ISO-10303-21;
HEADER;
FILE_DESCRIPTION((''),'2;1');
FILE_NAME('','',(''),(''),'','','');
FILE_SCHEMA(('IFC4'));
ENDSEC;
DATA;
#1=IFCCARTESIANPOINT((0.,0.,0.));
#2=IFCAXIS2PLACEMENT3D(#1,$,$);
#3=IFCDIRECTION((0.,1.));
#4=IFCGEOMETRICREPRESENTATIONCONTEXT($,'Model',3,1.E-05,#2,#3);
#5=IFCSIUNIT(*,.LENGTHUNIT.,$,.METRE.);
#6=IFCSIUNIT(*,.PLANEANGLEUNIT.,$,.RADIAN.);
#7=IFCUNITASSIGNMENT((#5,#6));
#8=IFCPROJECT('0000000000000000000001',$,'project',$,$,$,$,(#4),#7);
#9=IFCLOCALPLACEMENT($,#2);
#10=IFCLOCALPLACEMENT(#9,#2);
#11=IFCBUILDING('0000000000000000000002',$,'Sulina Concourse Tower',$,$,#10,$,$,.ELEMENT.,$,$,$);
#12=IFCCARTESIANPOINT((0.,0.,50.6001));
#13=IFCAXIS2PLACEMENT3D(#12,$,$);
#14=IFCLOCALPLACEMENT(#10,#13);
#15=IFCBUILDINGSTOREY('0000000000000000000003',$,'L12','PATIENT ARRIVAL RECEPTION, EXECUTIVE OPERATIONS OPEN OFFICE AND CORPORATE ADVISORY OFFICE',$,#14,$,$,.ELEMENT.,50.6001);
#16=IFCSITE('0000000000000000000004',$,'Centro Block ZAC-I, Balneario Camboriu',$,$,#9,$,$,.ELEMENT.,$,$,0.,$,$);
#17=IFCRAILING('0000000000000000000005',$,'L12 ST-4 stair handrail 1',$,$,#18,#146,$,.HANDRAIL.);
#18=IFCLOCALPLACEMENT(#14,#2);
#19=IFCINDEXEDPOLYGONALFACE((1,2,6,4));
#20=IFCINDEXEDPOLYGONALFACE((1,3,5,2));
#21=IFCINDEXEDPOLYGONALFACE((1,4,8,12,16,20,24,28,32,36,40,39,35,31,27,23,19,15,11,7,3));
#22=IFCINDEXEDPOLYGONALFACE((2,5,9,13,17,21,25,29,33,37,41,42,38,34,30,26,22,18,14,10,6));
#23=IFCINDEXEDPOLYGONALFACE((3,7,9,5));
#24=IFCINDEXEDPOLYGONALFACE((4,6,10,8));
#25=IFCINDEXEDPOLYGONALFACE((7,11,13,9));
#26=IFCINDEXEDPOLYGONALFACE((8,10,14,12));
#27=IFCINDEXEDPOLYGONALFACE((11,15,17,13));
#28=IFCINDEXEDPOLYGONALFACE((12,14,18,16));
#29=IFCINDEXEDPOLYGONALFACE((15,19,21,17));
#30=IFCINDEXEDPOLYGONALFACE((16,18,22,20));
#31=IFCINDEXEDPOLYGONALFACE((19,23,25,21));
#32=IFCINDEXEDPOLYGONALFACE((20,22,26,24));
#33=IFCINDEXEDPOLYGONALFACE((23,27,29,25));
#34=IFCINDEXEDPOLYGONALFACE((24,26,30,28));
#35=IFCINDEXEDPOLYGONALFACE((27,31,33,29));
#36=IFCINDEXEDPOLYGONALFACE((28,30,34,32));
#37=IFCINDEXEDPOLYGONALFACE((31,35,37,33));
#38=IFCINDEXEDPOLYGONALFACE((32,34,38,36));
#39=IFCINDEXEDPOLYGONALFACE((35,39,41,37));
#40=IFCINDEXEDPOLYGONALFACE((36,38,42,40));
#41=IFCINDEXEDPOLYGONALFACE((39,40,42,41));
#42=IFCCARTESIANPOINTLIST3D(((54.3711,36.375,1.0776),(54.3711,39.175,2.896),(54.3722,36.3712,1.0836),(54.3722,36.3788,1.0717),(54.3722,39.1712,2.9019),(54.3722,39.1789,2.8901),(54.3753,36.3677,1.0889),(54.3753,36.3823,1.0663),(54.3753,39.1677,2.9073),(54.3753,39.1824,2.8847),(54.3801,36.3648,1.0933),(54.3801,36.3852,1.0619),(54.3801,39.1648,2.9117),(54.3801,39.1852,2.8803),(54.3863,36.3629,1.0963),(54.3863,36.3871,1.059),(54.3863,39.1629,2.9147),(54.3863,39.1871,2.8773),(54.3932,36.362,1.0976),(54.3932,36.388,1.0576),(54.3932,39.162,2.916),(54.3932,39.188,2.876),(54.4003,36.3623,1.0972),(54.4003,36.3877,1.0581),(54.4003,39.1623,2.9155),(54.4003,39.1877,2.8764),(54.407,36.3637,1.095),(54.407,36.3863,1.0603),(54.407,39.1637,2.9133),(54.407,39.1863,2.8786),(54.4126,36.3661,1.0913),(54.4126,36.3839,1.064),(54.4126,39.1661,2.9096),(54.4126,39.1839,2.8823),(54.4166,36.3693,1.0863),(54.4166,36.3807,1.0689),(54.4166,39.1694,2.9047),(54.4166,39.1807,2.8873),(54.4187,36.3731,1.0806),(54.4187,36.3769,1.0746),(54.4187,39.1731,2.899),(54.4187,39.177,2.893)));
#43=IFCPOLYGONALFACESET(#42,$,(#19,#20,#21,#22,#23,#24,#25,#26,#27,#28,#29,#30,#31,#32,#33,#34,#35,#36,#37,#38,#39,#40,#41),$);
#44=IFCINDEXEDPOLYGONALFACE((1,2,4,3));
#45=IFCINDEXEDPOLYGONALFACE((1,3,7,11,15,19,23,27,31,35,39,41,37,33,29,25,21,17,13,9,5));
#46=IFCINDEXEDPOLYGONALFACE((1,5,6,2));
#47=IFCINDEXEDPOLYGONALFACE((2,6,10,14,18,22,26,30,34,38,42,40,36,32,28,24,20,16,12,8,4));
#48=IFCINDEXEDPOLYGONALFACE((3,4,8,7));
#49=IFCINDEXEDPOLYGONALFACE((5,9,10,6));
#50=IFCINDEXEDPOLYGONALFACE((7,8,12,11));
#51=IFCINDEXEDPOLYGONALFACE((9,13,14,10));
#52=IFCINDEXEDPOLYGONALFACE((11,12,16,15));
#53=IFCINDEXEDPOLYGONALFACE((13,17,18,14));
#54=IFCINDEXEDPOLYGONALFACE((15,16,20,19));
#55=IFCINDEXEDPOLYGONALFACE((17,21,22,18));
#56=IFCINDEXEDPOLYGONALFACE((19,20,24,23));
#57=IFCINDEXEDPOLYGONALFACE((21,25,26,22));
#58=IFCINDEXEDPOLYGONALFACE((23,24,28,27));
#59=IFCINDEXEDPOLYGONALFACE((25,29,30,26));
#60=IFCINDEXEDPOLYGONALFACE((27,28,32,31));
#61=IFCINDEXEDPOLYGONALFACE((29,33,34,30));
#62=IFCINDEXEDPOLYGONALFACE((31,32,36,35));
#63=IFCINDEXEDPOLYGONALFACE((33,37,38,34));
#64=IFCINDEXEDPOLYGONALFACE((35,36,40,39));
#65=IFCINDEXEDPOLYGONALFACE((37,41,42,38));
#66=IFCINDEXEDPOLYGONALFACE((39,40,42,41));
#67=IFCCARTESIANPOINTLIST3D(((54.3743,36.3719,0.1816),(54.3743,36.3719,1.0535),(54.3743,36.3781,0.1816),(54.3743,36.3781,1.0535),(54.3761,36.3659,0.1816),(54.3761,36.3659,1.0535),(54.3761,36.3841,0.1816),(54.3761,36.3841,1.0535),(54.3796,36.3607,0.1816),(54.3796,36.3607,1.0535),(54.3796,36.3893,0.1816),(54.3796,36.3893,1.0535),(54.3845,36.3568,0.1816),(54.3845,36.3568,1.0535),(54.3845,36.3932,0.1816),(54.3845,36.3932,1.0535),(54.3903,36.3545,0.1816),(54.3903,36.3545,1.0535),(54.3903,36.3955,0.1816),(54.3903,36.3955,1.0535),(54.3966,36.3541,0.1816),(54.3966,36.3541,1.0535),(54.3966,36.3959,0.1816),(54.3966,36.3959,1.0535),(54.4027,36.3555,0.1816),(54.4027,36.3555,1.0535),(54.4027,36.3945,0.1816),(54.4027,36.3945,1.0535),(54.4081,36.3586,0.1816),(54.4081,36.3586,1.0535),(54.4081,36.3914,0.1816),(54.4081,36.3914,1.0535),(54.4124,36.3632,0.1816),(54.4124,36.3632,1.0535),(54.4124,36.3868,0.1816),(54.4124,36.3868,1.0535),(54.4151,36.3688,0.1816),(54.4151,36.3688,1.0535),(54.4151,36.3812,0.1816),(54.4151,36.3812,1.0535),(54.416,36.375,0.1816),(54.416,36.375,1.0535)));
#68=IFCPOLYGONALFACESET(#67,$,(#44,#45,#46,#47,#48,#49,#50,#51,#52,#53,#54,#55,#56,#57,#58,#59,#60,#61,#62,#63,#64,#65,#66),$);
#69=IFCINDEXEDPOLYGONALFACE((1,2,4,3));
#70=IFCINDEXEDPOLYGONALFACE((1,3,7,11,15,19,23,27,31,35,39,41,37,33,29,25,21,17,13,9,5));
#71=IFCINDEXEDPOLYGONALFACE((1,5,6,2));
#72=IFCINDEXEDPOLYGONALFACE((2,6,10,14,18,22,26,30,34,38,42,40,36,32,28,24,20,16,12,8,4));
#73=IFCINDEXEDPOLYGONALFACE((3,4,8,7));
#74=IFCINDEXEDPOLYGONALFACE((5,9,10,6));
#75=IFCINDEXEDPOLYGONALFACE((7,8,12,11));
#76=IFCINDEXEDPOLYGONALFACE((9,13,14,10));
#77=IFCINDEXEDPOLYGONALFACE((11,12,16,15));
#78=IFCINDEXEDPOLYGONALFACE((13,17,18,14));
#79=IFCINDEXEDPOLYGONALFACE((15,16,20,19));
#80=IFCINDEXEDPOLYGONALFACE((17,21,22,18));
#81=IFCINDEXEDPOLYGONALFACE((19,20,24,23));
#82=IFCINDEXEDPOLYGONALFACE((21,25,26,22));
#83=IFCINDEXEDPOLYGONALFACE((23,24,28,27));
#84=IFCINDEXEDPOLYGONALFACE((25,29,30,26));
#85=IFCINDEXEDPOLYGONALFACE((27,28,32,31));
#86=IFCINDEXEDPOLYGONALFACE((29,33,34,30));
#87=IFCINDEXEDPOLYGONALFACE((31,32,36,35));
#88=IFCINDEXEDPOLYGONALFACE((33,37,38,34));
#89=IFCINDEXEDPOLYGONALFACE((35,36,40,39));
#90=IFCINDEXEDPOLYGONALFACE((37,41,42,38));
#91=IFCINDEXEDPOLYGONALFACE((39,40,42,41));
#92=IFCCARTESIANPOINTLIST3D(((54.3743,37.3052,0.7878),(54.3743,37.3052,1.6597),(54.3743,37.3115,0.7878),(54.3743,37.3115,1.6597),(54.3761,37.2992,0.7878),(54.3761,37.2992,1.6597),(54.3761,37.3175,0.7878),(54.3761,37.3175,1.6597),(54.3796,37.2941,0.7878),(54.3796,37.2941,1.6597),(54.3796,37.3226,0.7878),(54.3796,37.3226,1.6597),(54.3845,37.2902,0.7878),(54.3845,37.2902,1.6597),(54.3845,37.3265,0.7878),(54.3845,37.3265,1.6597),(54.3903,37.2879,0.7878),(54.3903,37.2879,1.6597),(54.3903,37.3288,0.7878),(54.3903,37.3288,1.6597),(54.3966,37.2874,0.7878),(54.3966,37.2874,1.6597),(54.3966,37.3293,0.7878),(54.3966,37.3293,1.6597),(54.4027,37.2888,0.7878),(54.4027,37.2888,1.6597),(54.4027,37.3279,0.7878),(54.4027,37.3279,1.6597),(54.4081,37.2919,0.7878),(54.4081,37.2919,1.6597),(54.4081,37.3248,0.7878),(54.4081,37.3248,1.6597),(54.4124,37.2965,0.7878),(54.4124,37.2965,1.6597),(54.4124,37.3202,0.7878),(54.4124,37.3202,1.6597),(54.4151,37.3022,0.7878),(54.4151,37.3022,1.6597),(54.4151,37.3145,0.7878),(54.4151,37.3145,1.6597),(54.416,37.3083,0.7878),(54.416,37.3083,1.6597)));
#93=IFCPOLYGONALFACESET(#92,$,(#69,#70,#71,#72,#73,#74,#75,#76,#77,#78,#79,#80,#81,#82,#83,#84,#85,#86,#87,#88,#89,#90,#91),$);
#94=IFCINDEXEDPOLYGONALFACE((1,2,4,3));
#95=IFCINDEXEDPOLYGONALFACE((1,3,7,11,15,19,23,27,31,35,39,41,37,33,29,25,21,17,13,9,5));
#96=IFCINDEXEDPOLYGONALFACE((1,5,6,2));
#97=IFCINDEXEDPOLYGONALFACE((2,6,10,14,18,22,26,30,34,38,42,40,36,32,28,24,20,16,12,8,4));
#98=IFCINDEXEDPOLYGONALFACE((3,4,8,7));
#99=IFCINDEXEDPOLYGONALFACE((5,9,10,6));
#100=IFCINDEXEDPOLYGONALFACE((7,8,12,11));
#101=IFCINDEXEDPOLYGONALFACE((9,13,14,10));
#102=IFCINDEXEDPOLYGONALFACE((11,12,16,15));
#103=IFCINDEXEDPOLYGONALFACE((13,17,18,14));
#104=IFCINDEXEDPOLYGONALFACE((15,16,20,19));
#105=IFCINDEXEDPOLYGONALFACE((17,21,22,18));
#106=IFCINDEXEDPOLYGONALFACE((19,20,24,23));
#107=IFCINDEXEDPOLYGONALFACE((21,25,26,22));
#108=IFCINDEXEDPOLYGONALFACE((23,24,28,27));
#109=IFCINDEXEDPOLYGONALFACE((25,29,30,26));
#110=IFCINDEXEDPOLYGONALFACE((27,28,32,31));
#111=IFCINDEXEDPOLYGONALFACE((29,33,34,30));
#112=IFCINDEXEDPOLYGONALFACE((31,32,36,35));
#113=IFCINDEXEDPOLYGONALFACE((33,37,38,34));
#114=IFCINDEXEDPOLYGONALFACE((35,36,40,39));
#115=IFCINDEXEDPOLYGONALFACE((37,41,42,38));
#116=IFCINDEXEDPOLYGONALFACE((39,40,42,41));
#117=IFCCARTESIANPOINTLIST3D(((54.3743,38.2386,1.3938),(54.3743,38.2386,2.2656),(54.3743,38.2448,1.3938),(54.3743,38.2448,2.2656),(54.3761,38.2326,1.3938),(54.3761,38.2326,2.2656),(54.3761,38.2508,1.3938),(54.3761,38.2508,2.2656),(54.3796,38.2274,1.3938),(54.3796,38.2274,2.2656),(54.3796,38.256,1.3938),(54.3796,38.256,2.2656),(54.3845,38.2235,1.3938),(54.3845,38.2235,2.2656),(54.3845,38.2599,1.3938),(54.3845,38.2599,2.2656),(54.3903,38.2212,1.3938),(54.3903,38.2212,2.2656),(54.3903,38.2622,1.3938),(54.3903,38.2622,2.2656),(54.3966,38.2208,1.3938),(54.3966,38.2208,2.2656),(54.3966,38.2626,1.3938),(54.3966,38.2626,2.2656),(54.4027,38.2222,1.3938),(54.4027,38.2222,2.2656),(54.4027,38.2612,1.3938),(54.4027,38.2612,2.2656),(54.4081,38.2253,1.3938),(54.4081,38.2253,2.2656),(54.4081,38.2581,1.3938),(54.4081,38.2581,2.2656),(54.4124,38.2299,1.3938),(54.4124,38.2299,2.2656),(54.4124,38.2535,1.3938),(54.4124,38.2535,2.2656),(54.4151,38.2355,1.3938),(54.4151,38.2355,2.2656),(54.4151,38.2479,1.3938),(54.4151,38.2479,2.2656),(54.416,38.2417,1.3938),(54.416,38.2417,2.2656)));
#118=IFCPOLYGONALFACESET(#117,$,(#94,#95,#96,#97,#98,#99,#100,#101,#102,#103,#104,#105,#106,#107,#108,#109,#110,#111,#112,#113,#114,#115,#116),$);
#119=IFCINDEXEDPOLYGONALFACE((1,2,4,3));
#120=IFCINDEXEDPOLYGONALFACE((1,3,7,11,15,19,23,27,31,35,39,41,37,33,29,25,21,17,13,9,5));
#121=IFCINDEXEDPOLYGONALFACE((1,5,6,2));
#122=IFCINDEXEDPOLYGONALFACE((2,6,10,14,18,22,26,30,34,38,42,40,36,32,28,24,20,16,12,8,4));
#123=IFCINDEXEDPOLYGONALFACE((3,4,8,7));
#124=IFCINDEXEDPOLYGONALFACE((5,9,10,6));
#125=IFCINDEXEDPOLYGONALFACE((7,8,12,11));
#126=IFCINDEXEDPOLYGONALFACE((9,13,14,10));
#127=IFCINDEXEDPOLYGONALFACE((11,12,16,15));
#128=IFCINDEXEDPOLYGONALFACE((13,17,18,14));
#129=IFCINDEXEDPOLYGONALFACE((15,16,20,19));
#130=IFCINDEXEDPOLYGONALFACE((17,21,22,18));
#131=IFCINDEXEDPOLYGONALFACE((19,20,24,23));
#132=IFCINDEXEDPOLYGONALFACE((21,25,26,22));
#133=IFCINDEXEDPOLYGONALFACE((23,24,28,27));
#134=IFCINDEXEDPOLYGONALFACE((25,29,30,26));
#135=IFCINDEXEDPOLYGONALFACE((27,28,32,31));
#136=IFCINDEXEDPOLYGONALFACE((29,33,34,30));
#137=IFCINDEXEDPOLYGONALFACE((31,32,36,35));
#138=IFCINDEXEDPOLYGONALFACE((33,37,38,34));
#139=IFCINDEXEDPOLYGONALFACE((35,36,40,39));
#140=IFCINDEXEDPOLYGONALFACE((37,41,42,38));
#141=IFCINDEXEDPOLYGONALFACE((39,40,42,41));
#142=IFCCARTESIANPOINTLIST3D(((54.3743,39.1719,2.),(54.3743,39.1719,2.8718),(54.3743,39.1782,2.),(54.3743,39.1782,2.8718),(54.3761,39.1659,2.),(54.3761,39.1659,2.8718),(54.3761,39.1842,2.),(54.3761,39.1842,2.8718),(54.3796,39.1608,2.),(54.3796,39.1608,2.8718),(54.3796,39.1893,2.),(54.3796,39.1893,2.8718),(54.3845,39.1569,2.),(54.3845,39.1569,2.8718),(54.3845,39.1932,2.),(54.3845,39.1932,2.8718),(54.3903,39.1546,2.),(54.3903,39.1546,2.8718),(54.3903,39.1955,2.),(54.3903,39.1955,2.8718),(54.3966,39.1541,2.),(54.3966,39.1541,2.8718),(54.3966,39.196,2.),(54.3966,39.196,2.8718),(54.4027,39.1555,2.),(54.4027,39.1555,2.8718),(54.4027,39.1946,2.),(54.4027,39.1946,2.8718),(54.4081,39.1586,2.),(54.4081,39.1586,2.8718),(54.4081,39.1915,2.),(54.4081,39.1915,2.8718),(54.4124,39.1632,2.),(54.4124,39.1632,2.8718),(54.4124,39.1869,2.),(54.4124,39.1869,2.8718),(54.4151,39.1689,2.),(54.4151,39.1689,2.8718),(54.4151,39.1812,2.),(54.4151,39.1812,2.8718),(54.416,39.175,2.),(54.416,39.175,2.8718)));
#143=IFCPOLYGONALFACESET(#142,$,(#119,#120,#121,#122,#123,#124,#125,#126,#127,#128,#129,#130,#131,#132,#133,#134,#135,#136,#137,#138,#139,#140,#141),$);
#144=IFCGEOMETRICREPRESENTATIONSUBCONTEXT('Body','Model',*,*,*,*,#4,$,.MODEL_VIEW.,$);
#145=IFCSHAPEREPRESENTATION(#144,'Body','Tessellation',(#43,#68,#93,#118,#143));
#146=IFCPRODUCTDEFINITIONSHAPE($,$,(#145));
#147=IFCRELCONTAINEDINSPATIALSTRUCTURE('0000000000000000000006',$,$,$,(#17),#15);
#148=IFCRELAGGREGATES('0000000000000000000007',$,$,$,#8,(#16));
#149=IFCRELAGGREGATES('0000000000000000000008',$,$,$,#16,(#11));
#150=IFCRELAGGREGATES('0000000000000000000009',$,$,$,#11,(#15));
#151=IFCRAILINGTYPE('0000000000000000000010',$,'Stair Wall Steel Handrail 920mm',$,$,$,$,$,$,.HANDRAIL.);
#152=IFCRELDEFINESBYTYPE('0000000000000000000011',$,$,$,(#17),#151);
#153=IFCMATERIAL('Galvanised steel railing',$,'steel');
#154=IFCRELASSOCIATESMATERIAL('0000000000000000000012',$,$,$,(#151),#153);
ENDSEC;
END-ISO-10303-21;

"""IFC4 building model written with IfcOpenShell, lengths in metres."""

from ifc_helpers import new_model, si_unit, direction, frame, origin, origin_2d, place, context, subcontext, project, spatial, circle, extrude, material, type_object, element, save


model = new_model("IFC4")

# Units and contexts
model_context = context("Model", 3, precision=1e-05, world=origin(), true_north=direction((0.0, 1.0)))
body_context = subcontext(model_context, "Body", "Model", "MODEL_VIEW")
ifc_project = project(units=[si_unit("LENGTHUNIT", "METRE"), si_unit("PLANEANGLEUNIT", "RADIAN")], contexts=[model_context])

# Site, building, storey
site_placement = place(None, origin())
site = spatial("IfcSite", under=ifc_project, at=site_placement, Name="Centro Block ZAC-I, Balneario Camboriu", CompositionType="ELEMENT", RefElevation=0.0)
building_placement = place(site_placement, origin())
building = spatial("IfcBuilding", under=site, at=building_placement, Name="Sulina Concourse Tower", CompositionType="ELEMENT")
storey_placement = place(building_placement, frame((0.0, 0.0, 50.6001)))
storey = spatial("IfcBuildingStorey", under=building, at=storey_placement, Name="L12", Description="PATIENT ARRIVAL RECEPTION, EXECUTIVE OPERATIONS OPEN OFFICE AND CORPORATE ADVISORY OFFICE", CompositionType="ELEMENT", Elevation=50.6001)

# Railing
ifc_material_1 = material(Name="Galvanised steel railing", Category="steel")
railing_type_1 = type_object("IfcRailingType", Name="Stair Wall Steel Handrail 920mm", PredefinedType="HANDRAIL", material=ifc_material_1)
railing_1_placement = place(storey_placement, frame((54.395, 36.375, 0.1816)))
element("IfcRailing", 1, at=railing_1_placement, inside=storey, type_object=railing_type_1, Name="L12 ST-4 stair handrail 1", PredefinedType="HANDRAIL", context=body_context, shape_type="SweptSolid", body=[
    extrude(circle(Radius=0.0239, at=origin_2d()), frame((0.0, 0.0, 0.896), z_axis=(0.0, 0.838672, 0.544636), x_axis=(-1.0, 0.0, 0.0)), (0.0, 0.0, 1.0), 3.3386),
    extrude(circle(Radius=0.021, at=origin_2d()), origin(), (0.0, 0.0, 1.0), 0.8718),
    extrude(circle(Radius=0.021, at=origin_2d()), frame((0.0, 0.9333, 0.6062)), (0.0, 0.0, 1.0), 0.8718),
    extrude(circle(Radius=0.021, at=origin_2d()), frame((0.0, 1.8667, 1.2122)), (0.0, 0.0, 1.0), 0.8718),
    extrude(circle(Radius=0.021, at=origin_2d()), frame((0.0, 2.8, 1.8184)), (0.0, 0.0, 1.0), 0.8718),
])

save(model, "model.ifc")
